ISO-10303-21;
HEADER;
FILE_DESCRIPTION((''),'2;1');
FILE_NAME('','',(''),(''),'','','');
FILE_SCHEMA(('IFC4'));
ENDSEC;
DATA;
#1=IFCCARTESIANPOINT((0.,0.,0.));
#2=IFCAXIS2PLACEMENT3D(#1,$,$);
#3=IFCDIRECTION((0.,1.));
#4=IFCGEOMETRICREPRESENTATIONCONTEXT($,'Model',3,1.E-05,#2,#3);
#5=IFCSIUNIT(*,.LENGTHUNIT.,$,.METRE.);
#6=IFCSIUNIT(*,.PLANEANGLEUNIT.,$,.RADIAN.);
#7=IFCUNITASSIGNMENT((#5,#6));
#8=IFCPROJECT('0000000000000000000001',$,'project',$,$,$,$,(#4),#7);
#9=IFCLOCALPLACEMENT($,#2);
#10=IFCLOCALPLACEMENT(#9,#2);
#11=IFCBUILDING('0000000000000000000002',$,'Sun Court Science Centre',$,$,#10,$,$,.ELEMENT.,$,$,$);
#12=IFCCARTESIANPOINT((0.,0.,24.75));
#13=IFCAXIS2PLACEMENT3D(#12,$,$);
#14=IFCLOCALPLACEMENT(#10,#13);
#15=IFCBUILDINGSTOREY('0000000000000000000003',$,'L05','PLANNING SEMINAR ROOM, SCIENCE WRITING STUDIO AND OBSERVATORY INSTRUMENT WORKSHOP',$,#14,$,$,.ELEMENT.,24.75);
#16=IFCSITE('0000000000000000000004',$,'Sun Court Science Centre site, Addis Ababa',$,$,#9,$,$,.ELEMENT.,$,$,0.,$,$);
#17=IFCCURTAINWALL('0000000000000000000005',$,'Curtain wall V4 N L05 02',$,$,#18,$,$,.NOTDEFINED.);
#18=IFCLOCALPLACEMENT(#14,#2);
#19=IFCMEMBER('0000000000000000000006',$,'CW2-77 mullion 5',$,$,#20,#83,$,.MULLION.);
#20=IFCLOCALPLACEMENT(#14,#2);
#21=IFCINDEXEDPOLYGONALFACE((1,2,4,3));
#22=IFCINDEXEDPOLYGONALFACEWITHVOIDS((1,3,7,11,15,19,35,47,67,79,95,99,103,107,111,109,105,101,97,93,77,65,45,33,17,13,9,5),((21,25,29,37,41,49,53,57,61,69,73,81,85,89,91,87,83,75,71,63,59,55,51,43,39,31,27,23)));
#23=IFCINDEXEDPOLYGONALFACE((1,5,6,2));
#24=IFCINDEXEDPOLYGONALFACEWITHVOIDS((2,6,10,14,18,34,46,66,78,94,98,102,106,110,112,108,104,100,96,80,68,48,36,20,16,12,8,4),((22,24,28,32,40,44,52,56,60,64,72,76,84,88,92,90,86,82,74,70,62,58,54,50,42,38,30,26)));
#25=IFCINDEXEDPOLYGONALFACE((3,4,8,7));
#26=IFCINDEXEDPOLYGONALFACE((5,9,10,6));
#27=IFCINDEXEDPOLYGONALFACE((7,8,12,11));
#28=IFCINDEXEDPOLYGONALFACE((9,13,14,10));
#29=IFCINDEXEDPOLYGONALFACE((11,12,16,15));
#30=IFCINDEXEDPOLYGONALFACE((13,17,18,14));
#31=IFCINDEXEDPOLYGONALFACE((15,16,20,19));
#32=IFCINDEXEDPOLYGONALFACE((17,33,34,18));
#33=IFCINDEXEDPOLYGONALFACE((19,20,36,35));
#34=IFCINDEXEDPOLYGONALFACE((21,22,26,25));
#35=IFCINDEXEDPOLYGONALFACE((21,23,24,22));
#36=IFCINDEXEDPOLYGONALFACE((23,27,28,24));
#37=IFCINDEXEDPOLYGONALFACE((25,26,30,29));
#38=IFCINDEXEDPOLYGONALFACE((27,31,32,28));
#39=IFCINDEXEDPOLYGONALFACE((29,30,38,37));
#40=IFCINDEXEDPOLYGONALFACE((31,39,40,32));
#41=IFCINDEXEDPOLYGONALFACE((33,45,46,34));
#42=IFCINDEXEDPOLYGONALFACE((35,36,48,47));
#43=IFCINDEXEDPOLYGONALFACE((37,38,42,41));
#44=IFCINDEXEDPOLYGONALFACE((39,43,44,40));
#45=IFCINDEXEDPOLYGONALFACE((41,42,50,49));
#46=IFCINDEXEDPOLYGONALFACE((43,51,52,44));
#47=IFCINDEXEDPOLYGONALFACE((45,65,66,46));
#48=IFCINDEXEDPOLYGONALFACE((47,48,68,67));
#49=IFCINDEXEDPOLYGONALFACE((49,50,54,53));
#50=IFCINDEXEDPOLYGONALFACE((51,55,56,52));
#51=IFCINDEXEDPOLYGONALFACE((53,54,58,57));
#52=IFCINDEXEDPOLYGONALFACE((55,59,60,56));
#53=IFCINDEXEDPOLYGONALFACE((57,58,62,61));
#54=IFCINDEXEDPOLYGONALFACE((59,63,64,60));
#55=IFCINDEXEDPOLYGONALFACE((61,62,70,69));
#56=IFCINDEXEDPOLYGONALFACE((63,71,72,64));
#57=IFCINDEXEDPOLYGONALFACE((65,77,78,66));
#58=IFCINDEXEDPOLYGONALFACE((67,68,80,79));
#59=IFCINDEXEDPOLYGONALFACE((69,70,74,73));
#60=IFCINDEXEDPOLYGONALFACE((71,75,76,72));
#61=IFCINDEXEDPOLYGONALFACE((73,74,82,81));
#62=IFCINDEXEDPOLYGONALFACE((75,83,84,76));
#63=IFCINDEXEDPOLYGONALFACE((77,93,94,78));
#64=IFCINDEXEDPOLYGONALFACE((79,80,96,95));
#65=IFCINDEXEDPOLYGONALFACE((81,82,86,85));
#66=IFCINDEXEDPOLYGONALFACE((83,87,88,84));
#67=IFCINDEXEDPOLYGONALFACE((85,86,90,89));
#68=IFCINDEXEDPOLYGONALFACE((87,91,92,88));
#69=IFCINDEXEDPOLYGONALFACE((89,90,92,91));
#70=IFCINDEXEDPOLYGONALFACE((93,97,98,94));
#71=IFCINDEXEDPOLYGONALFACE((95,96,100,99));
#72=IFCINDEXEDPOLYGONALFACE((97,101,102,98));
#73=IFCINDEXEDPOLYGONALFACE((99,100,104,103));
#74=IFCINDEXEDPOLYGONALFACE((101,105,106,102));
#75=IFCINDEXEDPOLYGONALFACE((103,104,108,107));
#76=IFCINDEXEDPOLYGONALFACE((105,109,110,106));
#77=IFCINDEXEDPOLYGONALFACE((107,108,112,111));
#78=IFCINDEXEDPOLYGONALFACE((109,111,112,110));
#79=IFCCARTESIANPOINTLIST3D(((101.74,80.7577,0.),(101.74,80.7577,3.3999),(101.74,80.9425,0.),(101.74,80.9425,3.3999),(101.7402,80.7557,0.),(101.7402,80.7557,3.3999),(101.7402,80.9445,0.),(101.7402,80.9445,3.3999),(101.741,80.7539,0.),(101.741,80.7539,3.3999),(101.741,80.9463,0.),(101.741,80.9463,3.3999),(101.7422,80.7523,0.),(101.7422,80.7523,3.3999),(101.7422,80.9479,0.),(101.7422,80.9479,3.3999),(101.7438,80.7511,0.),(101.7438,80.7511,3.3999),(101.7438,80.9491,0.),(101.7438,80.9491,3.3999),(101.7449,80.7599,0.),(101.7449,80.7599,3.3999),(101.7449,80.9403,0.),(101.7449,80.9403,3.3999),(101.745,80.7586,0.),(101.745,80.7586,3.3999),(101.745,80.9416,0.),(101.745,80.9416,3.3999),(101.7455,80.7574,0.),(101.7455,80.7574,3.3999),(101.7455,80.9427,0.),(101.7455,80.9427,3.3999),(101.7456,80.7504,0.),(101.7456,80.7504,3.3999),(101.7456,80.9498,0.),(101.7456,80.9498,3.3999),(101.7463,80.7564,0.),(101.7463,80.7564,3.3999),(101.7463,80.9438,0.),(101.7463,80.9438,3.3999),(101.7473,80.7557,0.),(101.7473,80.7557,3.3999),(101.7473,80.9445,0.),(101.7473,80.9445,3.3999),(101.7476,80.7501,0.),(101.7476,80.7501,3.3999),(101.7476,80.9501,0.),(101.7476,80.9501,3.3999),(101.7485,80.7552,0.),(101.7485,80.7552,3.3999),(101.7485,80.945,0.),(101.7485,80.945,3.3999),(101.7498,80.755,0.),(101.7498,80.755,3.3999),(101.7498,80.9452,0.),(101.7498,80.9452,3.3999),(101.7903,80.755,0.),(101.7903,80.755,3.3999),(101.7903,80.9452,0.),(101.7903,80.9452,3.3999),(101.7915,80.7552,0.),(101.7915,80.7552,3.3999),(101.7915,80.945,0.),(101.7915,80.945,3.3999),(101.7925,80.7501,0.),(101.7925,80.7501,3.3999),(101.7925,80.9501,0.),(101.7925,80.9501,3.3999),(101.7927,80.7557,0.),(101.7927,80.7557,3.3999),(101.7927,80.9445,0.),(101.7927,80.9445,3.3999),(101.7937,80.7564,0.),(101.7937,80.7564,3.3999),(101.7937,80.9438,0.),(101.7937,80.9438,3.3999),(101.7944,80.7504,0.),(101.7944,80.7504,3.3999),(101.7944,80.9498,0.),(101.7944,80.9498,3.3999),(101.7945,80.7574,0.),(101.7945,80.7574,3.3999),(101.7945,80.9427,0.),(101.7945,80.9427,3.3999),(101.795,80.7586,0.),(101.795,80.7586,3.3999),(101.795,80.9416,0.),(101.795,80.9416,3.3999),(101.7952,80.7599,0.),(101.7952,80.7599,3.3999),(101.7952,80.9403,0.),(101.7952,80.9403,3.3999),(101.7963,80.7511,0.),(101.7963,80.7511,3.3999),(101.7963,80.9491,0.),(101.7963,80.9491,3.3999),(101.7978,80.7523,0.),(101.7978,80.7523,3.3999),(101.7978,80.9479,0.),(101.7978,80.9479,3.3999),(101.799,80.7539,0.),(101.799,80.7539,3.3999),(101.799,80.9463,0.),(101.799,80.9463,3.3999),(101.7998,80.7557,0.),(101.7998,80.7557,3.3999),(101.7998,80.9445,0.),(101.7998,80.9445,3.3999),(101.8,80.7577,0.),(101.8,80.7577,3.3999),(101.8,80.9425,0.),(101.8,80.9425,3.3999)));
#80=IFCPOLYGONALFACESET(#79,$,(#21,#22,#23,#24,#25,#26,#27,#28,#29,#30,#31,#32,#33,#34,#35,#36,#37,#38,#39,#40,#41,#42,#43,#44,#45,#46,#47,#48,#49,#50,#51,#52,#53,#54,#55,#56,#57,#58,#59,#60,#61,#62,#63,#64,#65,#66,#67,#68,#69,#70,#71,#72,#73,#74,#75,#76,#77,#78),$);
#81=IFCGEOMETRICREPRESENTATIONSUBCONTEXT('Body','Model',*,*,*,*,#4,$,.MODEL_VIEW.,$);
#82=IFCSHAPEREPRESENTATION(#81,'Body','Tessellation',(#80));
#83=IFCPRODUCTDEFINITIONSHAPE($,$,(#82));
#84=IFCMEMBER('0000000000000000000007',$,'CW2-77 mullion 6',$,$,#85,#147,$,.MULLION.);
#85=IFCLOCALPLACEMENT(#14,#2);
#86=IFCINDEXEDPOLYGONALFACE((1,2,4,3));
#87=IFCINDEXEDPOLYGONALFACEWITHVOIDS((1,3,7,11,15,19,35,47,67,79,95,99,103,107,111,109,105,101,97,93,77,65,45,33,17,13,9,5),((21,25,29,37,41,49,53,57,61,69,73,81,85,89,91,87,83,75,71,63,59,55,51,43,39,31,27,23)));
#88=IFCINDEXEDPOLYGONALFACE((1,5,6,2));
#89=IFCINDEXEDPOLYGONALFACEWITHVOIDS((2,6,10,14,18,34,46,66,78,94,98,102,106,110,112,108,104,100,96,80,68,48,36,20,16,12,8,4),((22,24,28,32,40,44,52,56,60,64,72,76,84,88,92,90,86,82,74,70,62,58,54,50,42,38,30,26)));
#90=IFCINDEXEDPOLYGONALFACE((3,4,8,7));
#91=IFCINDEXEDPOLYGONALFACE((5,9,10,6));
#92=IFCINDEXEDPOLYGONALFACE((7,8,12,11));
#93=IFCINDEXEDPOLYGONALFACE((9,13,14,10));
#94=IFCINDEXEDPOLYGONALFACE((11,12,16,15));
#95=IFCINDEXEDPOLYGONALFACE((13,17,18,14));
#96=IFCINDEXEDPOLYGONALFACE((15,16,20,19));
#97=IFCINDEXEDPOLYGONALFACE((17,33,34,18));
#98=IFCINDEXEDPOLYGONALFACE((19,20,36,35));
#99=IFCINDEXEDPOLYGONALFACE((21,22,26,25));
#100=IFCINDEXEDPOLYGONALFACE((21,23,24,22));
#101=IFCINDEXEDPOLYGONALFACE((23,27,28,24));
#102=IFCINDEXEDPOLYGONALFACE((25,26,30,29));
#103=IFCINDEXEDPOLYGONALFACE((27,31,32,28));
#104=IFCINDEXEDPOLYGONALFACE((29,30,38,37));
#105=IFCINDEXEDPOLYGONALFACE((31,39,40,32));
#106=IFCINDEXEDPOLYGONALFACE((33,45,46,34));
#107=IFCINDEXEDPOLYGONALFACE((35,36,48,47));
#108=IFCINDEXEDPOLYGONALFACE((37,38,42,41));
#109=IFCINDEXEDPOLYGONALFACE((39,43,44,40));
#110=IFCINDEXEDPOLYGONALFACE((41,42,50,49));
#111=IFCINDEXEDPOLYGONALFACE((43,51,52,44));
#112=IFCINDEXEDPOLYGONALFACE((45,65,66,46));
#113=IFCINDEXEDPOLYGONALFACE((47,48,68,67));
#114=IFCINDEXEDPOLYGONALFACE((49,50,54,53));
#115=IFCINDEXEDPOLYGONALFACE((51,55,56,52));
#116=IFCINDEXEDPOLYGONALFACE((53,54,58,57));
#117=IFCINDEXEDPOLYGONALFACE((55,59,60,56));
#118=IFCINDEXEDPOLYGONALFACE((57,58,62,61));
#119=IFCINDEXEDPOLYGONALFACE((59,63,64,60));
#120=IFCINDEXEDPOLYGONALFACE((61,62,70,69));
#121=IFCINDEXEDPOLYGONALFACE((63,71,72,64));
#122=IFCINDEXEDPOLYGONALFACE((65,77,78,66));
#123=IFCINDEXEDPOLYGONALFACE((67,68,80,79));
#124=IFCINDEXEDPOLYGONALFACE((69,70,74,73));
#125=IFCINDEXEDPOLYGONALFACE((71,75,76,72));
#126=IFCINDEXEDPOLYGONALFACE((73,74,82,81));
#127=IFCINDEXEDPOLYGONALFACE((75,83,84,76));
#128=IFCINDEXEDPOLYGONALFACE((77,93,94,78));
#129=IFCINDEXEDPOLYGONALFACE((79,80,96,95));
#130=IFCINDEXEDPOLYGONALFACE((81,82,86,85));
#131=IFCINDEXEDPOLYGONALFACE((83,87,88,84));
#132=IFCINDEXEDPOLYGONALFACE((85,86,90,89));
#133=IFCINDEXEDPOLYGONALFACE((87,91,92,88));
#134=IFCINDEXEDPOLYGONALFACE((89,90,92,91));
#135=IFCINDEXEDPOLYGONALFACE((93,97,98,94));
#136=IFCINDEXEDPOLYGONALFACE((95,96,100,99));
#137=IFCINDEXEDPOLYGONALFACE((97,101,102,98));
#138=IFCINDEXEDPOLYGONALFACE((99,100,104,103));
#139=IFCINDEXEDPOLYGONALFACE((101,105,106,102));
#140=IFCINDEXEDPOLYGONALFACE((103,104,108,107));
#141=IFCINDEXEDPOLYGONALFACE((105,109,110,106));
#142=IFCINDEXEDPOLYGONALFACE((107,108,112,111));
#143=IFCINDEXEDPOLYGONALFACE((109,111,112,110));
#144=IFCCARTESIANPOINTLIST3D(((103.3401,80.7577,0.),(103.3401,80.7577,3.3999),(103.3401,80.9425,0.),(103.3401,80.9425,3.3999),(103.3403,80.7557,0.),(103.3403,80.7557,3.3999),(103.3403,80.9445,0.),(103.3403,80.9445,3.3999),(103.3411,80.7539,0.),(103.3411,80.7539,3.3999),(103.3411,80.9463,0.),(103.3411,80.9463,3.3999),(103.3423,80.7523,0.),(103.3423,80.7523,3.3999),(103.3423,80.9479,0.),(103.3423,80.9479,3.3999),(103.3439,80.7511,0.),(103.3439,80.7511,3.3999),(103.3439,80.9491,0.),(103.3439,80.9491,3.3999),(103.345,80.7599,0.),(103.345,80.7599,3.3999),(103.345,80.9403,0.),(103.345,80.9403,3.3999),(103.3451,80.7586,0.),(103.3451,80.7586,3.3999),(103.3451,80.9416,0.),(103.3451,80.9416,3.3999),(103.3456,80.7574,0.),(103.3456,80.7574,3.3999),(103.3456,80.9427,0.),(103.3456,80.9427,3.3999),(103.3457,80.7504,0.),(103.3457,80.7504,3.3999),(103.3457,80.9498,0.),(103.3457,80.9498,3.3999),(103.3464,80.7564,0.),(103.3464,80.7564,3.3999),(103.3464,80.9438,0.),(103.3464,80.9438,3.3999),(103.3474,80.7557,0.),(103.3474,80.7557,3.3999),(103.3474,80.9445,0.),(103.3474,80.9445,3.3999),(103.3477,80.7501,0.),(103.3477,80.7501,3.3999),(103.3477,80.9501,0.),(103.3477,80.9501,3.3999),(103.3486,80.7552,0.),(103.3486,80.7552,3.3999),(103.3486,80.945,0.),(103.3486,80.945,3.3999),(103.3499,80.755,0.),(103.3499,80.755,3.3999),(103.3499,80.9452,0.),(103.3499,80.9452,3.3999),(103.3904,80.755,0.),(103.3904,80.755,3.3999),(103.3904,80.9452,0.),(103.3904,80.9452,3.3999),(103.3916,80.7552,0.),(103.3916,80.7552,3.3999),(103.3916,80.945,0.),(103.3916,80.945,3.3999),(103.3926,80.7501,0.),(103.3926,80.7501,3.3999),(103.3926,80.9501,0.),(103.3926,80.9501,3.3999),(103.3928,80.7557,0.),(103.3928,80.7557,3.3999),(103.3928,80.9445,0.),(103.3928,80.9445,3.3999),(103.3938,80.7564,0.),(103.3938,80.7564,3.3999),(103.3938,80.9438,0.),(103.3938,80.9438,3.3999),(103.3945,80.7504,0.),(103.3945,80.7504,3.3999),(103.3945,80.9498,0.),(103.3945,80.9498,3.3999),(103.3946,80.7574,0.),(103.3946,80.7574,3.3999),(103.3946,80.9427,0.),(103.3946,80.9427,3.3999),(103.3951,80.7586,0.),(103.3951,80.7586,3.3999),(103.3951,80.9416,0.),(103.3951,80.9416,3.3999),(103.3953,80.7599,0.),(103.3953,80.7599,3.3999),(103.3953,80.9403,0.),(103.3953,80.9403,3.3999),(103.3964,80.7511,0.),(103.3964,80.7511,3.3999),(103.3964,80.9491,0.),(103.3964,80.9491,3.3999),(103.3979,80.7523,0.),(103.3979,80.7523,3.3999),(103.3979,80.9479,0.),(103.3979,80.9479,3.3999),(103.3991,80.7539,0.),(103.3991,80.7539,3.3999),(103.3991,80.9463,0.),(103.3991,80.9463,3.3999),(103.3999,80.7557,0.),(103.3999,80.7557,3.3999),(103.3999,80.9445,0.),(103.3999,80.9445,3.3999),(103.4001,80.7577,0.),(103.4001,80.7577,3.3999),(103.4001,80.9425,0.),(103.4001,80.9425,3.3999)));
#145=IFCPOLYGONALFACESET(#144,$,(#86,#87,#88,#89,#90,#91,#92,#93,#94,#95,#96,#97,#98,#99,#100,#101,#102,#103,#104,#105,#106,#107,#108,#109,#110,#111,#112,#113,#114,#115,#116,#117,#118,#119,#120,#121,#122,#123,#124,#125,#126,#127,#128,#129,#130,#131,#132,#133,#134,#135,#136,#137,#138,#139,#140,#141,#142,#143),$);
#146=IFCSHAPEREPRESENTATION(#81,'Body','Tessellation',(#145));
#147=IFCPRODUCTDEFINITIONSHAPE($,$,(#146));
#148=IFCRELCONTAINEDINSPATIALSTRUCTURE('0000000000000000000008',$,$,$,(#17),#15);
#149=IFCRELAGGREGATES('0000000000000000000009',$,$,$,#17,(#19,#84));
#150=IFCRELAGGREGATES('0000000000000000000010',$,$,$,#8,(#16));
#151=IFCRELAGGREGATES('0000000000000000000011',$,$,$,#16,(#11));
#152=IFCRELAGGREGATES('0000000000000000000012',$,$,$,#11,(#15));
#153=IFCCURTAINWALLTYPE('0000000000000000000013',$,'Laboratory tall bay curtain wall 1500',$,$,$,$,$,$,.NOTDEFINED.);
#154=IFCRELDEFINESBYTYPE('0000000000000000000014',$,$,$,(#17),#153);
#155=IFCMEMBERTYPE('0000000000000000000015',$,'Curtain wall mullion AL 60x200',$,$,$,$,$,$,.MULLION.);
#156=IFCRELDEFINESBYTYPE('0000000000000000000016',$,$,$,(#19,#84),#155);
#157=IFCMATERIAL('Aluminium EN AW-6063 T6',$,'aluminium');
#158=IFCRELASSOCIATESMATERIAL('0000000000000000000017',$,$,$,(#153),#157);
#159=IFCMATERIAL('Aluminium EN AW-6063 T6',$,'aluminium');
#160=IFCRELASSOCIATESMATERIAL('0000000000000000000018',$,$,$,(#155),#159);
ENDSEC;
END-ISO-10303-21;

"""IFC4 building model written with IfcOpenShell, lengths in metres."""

from ifc_helpers import new_model, si_unit, direction, frame, origin, origin_2d, place, context, subcontext, project, spatial, hollow_rectangle, extrude, material, material_profile, profile_set, type_object, element, aggregate, save


model = new_model("IFC4")

# Units and contexts
model_context = context("Model", 3, precision=1e-05, world=origin(), true_north=direction((0.0, 1.0)))
body_context = subcontext(model_context, "Body", "Model", "MODEL_VIEW")
ifc_project = project(units=[si_unit("LENGTHUNIT", "METRE"), si_unit("PLANEANGLEUNIT", "RADIAN")], contexts=[model_context])

# Site, building, storey
site_placement = place(None, origin())
site = spatial("IfcSite", under=ifc_project, at=site_placement, Name="Sun Court Science Centre site, Addis Ababa", CompositionType="ELEMENT", RefElevation=0.0)
building_placement = place(site_placement, origin())
building = spatial("IfcBuilding", under=site, at=building_placement, Name="Sun Court Science Centre", CompositionType="ELEMENT")
storey_placement = place(building_placement, frame((0.0, 0.0, 24.75)))
storey = spatial("IfcBuildingStorey", under=building, at=storey_placement, Name="L05", Description="PLANNING SEMINAR ROOM, SCIENCE WRITING STUDIO AND OBSERVATORY INSTRUMENT WORKSHOP", CompositionType="ELEMENT", Elevation=24.75)

# Curtain wall, members
ifc_material_1 = material(Name="Aluminium EN AW-6063 T6", Category="aluminium")
curtain_wall_type = type_object("IfcCurtainWallType", Name="Laboratory tall bay curtain wall 1500", PredefinedType="NOTDEFINED", material=ifc_material_1)
curtain_wall_placement = place(storey_placement, origin())
curtain_wall = element("IfcCurtainWall", 1, at=curtain_wall_placement, inside=storey, type_object=curtain_wall_type, Name="Curtain wall V4 N L05 02", PredefinedType="NOTDEFINED")
ifc_material_2 = material(Name="Aluminium EN AW-6063 T6", Category="aluminium")
ifc_material_profile_1 = material_profile(ifc_material_2, hollow_rectangle(XDim=0.0601, YDim=0.2, WallThickness=0.0049, InnerFilletRadius=0.0049, OuterFilletRadius=0.0076, at=origin_2d()), Name="AL 60x200x5")
ifc_profile_set_1 = profile_set([ifc_material_profile_1], Name="Aluminium EN AW-6063 T6")
member_type_1 = type_object("IfcMemberType", Name="Curtain wall mullion AL 60x200", PredefinedType="MULLION", material=ifc_profile_set_1)
member_1_placement = place(storey_placement, frame((101.77, 80.8501, 0.0), z_axis=(0.0, 0.0, 1.0), x_axis=(1.0, 0.0, 0.0)))
member_1 = element("IfcMember", 2, at=member_1_placement, type_object=member_type_1, Name="CW2-77 mullion 5", PredefinedType="MULLION", context=body_context, shape_type="SweptSolid", body=[
    extrude(hollow_rectangle(XDim=0.0601, YDim=0.2, WallThickness=0.0049, InnerFilletRadius=0.0049, OuterFilletRadius=0.0076, at=origin_2d()), origin(), (0.0, 0.0, 1.0), 3.3999),
])
member_2_placement = place(storey_placement, frame((103.3701, 80.8501, 0.0), z_axis=(0.0, 0.0, 1.0), x_axis=(1.0, 0.0, 0.0)))
member_2 = element("IfcMember", 3, at=member_2_placement, type_object=member_type_1, Name="CW2-77 mullion 6", PredefinedType="MULLION", context=body_context, shape_type="SweptSolid", body=[
    extrude(hollow_rectangle(XDim=0.0601, YDim=0.2, WallThickness=0.0049, InnerFilletRadius=0.0049, OuterFilletRadius=0.0076, at=origin_2d()), origin(), (0.0, 0.0, 1.0), 3.3999),
])

aggregate(curtain_wall, [member_1, member_2])

save(model, "model.ifc")
